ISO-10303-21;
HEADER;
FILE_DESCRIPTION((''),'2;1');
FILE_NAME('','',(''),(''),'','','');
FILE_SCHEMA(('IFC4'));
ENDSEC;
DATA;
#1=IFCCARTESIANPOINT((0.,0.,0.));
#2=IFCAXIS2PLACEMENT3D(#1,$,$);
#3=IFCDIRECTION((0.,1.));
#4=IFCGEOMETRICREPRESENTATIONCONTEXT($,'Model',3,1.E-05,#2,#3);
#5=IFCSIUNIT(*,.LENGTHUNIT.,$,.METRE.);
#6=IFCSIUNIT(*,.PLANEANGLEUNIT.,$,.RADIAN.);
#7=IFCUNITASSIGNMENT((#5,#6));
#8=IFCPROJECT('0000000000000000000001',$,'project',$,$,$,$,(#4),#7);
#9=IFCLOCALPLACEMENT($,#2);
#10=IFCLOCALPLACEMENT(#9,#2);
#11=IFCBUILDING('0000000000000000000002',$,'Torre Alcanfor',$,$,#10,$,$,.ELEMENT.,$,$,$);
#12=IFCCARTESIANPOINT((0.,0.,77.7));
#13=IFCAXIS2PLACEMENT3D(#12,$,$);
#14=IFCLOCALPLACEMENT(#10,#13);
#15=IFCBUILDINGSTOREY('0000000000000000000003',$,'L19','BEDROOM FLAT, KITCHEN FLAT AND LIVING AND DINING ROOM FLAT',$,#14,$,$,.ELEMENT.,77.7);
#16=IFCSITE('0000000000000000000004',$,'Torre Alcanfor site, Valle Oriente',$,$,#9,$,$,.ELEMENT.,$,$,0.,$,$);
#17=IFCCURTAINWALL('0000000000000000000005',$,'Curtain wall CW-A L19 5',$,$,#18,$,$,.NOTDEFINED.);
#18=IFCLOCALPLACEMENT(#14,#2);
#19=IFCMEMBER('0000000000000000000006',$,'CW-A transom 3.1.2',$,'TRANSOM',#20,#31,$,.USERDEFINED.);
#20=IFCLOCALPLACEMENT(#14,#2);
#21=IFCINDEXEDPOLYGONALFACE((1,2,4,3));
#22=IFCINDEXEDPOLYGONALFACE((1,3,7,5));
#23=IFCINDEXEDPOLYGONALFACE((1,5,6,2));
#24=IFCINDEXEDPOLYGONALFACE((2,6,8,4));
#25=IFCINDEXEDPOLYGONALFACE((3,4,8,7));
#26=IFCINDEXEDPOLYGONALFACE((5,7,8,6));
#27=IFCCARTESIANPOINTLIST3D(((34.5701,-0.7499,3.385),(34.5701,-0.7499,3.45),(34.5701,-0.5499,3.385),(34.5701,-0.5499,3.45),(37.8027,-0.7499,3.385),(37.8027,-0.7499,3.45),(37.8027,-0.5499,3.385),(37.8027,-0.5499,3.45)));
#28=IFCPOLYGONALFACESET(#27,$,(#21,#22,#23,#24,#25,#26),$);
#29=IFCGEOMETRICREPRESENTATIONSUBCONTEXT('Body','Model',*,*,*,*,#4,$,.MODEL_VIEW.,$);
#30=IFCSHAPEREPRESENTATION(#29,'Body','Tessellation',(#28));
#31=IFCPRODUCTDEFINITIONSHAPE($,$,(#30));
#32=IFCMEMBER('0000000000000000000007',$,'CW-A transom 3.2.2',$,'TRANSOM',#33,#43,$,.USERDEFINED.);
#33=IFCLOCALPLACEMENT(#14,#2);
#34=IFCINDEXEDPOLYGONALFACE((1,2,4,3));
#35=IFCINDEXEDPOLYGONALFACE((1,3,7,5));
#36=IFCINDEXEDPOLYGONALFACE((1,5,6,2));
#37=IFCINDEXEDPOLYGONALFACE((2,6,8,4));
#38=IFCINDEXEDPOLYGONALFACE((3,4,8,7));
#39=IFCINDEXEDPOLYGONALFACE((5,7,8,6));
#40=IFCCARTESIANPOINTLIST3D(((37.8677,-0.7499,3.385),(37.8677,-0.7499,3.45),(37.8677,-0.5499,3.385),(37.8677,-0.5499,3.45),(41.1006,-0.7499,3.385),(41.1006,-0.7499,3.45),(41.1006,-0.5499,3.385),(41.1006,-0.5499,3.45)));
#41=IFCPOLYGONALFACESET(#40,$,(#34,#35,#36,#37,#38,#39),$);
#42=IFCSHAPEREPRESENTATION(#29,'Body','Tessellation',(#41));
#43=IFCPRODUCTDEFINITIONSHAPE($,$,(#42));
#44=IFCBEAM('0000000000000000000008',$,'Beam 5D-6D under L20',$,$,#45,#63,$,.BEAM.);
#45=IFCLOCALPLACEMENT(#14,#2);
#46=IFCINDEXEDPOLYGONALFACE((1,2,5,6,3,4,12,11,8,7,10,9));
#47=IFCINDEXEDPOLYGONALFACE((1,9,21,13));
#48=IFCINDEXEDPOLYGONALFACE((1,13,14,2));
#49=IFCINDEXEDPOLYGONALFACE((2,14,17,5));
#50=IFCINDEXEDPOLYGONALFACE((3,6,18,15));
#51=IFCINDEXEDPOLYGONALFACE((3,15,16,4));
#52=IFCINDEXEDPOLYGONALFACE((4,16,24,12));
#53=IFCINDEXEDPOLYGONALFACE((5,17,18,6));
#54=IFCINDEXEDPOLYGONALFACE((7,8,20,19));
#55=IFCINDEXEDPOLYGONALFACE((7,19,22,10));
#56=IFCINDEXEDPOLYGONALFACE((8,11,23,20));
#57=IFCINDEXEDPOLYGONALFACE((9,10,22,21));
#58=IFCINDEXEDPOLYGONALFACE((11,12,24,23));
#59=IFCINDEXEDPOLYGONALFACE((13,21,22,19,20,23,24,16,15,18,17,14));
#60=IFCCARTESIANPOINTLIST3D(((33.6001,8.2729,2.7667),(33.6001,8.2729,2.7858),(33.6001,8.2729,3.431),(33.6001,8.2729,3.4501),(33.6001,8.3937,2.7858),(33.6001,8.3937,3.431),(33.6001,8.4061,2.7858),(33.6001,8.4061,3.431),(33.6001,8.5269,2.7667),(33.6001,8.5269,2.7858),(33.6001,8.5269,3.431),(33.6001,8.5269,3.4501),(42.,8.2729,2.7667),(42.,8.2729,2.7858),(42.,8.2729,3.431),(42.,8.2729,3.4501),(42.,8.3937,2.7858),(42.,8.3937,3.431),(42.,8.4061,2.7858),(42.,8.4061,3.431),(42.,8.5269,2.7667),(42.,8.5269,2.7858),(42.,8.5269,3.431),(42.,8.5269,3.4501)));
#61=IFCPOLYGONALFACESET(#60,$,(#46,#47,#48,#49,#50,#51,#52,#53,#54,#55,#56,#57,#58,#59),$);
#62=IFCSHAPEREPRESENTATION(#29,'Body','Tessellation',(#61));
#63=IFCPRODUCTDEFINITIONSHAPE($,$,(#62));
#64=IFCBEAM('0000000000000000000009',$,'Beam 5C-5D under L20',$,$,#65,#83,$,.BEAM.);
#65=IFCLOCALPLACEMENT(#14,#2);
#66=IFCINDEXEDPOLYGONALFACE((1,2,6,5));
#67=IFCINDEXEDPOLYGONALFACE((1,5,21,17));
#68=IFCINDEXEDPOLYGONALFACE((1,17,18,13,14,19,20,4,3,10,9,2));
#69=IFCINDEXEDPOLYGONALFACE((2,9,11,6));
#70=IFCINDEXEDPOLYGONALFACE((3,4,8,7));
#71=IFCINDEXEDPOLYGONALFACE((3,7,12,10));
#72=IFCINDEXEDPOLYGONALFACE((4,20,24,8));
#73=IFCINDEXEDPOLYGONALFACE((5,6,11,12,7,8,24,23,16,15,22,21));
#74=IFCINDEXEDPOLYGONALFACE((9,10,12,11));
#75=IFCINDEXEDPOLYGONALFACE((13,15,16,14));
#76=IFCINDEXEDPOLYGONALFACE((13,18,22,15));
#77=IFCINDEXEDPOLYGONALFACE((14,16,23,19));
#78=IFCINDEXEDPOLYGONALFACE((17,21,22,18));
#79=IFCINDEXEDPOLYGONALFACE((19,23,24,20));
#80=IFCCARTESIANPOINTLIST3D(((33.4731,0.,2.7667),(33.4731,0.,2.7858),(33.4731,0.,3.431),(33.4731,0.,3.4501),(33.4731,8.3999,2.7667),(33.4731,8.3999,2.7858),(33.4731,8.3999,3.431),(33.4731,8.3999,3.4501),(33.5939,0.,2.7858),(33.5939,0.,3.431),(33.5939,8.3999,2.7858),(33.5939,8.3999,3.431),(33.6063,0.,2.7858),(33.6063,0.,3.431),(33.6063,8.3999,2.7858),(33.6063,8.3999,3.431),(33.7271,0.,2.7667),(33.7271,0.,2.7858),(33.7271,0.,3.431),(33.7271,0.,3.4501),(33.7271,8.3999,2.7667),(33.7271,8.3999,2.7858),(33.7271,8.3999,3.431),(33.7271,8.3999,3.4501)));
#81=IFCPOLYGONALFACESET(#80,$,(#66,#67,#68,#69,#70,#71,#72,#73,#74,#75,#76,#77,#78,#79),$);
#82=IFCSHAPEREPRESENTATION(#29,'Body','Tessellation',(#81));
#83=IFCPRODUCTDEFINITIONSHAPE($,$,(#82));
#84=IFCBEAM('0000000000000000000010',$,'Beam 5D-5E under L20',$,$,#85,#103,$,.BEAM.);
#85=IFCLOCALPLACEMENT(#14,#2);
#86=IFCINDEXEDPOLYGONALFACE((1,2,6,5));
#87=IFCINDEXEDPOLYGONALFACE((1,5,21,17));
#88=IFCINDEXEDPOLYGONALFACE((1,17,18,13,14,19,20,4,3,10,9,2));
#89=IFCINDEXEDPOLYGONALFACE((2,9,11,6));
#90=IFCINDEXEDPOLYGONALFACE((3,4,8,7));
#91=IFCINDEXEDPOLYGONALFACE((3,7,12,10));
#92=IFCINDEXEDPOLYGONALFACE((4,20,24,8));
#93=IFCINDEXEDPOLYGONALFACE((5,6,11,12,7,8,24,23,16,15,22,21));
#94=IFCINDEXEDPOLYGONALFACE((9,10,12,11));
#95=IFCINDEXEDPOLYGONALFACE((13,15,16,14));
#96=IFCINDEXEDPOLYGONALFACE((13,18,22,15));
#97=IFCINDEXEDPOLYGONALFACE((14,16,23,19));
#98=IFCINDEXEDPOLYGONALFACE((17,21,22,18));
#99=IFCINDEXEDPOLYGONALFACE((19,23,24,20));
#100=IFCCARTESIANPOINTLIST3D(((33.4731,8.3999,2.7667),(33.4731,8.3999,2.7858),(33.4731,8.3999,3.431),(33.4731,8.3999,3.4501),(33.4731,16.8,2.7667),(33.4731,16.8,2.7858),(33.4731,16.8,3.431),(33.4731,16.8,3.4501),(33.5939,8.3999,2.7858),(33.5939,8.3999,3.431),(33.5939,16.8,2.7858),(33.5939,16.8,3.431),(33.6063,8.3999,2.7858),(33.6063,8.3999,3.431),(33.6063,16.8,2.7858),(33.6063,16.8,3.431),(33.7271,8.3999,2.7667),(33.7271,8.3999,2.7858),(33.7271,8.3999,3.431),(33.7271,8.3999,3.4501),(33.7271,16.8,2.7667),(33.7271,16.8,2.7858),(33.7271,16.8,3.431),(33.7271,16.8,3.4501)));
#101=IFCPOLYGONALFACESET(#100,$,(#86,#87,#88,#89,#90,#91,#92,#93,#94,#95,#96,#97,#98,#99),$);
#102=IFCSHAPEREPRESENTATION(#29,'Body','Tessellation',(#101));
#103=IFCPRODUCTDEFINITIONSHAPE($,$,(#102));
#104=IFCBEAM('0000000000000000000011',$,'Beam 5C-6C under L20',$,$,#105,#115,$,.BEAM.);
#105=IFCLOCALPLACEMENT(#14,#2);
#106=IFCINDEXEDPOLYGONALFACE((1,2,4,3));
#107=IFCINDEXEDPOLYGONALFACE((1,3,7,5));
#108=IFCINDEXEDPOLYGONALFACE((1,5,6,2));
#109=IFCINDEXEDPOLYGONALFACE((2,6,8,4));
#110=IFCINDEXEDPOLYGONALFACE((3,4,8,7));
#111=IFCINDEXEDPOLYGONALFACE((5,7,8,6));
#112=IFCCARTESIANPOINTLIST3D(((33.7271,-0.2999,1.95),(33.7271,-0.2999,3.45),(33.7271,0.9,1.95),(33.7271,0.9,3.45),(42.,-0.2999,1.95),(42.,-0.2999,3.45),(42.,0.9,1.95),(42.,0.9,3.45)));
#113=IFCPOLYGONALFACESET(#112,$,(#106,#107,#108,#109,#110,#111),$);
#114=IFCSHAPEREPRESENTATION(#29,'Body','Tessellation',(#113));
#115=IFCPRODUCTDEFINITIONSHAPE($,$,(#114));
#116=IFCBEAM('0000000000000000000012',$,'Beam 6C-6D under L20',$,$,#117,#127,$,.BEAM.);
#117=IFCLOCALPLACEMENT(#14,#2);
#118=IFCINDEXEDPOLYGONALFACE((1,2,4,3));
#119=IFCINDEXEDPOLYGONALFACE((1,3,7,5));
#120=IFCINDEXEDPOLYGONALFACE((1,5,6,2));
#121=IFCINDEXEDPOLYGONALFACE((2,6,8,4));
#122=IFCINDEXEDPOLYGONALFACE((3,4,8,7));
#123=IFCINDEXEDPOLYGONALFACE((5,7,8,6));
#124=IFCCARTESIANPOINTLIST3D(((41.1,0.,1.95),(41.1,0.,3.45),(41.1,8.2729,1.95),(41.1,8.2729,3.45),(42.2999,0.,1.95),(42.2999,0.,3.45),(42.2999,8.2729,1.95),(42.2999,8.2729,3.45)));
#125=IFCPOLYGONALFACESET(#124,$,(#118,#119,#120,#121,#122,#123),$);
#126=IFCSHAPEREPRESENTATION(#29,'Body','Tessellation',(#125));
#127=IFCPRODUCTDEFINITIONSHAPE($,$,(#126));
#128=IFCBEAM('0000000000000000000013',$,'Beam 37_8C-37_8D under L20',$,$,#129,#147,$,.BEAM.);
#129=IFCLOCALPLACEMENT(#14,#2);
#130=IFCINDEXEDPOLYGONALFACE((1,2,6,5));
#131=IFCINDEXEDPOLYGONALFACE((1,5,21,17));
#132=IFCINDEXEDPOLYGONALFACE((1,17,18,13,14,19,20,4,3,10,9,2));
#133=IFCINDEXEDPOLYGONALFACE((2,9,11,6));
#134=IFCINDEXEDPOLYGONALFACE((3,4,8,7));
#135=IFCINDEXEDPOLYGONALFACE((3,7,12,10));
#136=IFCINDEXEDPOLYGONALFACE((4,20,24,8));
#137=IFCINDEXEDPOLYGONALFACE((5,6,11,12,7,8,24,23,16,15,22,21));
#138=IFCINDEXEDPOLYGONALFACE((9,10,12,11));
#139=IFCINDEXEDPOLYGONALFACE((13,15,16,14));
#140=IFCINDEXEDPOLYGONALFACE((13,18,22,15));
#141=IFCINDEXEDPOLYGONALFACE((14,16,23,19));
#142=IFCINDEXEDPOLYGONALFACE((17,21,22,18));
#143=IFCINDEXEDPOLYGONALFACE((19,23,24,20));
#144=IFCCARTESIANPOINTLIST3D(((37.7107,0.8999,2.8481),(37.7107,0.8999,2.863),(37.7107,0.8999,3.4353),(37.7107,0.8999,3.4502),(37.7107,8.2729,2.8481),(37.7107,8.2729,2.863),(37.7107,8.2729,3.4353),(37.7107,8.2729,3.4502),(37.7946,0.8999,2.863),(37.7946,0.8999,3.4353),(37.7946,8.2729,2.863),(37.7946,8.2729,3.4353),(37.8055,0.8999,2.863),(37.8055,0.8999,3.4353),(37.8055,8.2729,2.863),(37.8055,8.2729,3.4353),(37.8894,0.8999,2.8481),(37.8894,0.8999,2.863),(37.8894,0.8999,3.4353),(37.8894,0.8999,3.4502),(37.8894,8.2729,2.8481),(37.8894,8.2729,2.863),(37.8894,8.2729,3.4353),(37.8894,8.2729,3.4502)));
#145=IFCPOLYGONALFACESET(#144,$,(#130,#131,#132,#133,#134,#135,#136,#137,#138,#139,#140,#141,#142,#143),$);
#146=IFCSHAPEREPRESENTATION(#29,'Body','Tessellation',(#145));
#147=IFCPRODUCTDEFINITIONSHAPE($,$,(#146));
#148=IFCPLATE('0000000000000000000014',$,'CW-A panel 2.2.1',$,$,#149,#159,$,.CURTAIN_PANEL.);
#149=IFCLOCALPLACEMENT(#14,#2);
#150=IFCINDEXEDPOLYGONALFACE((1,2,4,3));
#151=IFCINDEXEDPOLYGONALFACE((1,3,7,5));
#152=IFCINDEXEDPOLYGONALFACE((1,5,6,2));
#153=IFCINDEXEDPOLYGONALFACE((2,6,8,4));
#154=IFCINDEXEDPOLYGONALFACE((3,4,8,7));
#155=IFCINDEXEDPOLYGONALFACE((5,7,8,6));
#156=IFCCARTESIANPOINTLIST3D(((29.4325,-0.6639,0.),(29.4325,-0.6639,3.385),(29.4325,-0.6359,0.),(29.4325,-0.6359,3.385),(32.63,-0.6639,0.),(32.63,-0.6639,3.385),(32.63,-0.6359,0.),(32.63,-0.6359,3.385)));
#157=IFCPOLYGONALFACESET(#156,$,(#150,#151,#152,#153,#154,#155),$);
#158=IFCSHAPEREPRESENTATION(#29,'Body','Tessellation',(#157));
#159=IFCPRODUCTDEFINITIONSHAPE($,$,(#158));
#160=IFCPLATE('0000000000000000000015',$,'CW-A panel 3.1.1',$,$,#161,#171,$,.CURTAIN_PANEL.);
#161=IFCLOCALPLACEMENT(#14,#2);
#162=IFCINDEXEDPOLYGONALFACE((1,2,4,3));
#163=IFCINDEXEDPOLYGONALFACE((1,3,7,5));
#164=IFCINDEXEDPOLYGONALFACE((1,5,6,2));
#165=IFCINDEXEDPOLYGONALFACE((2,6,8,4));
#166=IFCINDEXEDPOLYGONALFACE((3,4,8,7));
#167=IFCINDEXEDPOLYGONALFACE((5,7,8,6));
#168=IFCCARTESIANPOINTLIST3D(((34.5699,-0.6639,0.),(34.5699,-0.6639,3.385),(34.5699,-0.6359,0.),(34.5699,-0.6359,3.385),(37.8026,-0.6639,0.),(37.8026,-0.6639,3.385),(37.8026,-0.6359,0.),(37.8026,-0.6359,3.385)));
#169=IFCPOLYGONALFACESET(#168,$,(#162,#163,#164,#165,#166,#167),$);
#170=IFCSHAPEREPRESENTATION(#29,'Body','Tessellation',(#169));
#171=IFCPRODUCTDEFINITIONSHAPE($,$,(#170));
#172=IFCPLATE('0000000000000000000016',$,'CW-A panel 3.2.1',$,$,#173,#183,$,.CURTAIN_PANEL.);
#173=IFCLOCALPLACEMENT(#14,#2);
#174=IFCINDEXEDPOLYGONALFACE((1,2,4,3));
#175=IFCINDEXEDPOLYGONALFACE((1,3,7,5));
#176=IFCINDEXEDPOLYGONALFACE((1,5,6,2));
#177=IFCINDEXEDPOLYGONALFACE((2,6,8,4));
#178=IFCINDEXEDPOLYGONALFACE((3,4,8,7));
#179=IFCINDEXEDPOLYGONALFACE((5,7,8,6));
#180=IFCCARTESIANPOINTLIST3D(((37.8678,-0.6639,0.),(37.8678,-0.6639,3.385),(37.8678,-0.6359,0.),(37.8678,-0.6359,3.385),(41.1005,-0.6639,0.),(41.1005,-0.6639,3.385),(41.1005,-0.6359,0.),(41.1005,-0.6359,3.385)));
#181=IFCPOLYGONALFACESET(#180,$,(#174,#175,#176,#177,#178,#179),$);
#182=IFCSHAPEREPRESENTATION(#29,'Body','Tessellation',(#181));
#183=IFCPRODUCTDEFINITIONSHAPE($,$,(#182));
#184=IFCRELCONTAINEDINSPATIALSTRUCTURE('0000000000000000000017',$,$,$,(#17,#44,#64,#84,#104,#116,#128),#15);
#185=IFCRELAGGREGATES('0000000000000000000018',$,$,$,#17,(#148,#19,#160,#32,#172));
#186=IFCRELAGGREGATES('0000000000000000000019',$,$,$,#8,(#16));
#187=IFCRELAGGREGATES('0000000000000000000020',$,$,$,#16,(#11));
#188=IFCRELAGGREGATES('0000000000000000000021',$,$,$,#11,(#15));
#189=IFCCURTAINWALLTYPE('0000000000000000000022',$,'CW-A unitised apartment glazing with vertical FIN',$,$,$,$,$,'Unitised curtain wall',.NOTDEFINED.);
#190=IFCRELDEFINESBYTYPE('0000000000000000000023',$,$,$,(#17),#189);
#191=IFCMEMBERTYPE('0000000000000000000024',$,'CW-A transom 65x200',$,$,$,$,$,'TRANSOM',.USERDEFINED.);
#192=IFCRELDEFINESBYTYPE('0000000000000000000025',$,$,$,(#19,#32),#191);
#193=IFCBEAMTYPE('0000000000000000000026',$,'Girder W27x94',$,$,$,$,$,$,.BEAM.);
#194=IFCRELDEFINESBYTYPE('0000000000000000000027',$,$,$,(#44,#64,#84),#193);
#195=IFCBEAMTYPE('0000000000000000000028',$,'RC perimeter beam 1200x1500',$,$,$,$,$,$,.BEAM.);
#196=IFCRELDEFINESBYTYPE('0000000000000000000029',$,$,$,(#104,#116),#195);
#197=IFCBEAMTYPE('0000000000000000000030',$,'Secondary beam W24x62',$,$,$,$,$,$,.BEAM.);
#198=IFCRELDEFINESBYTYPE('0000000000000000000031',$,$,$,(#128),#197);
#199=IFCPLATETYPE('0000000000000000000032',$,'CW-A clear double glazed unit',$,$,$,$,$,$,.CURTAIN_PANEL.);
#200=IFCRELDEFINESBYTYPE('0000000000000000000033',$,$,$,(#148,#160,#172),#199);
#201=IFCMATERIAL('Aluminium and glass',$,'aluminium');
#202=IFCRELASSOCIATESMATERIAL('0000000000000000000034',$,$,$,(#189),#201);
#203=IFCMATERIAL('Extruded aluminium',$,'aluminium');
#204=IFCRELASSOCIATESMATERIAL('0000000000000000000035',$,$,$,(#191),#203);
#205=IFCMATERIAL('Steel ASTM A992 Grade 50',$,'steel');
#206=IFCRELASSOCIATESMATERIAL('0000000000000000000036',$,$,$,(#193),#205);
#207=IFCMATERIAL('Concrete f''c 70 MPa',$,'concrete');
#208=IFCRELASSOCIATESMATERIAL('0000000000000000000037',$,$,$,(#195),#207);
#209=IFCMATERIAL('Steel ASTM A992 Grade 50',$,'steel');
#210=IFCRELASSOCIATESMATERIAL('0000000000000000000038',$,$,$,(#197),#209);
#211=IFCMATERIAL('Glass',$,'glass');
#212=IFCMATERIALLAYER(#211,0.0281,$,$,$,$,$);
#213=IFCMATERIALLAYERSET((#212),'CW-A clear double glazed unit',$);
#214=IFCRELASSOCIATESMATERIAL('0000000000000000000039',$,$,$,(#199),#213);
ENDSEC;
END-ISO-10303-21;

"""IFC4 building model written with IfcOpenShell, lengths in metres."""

from ifc_helpers import new_model, si_unit, direction, frame, origin, origin_2d, place, context, subcontext, project, spatial, rectangle, i_section, extrude, material, layer, layer_set, material_profile, profile_set, type_object, element, aggregate, save


model = new_model("IFC4")

# Units and contexts
model_context = context("Model", 3, precision=1e-05, world=origin(), true_north=direction((0.0, 1.0)))
body_context = subcontext(model_context, "Body", "Model", "MODEL_VIEW")
ifc_project = project(units=[si_unit("LENGTHUNIT", "METRE"), si_unit("PLANEANGLEUNIT", "RADIAN")], contexts=[model_context])

# Site, building, storey
site_placement = place(None, origin())
site = spatial("IfcSite", under=ifc_project, at=site_placement, Name="Torre Alcanfor site, Valle Oriente", CompositionType="ELEMENT", RefElevation=0.0)
building_placement = place(site_placement, origin())
building = spatial("IfcBuilding", under=site, at=building_placement, Name="Torre Alcanfor", CompositionType="ELEMENT")
storey_placement = place(building_placement, frame((0.0, 0.0, 77.7)))
storey = spatial("IfcBuildingStorey", under=building, at=storey_placement, Name="L19", Description="BEDROOM FLAT, KITCHEN FLAT AND LIVING AND DINING ROOM FLAT", CompositionType="ELEMENT", Elevation=77.7)

# Curtain wall, members
ifc_material_1 = material(Name="Aluminium and glass", Category="aluminium")
curtain_wall_type = type_object("IfcCurtainWallType", Name="CW-A unitised apartment glazing with vertical FIN", ElementType="Unitised curtain wall", PredefinedType="NOTDEFINED", material=ifc_material_1)
curtain_wall_placement = place(storey_placement, origin())
curtain_wall = element("IfcCurtainWall", 1, at=curtain_wall_placement, inside=storey, type_object=curtain_wall_type, Name="Curtain wall CW-A L19 5", PredefinedType="NOTDEFINED")
ifc_material_2 = material(Name="Extruded aluminium", Category="aluminium")
ifc_material_profile_1 = material_profile(ifc_material_2, rectangle(XDim=0.2, YDim=0.0649, at=origin_2d()), Name="CW-A transom 200x65")
ifc_profile_set_1 = profile_set([ifc_material_profile_1], Name="Extruded aluminium")
member_type_1 = type_object("IfcMemberType", Name="CW-A transom 65x200", ElementType="TRANSOM", PredefinedType="USERDEFINED", material=ifc_profile_set_1)
member_1_placement = place(storey_placement, frame((34.5701, -0.6499, 3.4175), z_axis=(1.0, 0.0, 0.0), x_axis=(0.0, 1.0, 0.0)))
member_1 = element("IfcMember", 2, at=member_1_placement, type_object=member_type_1, Name="CW-A transom 3.1.2", ObjectType="TRANSOM", PredefinedType="USERDEFINED", context=body_context, shape_type="SweptSolid", body=[
    extrude(rectangle(XDim=0.2, YDim=0.0649, at=origin_2d()), origin(), (0.0, 0.0, 1.0), 3.2327),
])
member_2_placement = place(storey_placement, frame((37.8677, -0.6499, 3.4175), z_axis=(1.0, 0.0, 0.0), x_axis=(0.0, 1.0, 0.0)))
member_2 = element("IfcMember", 3, at=member_2_placement, type_object=member_type_1, Name="CW-A transom 3.2.2", ObjectType="TRANSOM", PredefinedType="USERDEFINED", context=body_context, shape_type="SweptSolid", body=[
    extrude(rectangle(XDim=0.2, YDim=0.0649, at=origin_2d()), origin(), (0.0, 0.0, 1.0), 3.2329),
])

# Beams
ifc_material_3 = material(Name="Steel ASTM A992 Grade 50", Category="steel")
ifc_material_profile_2 = material_profile(ifc_material_3, i_section(OverallWidth=0.2539, OverallDepth=0.6833, WebThickness=0.0125, FlangeThickness=0.019, at=origin_2d()), Name="W27x94")
ifc_profile_set_2 = profile_set([ifc_material_profile_2], Name="Steel ASTM A992 Grade 50")
beam_type_1 = type_object("IfcBeamType", Name="Girder W27x94", PredefinedType="BEAM", material=ifc_profile_set_2)
for number, where, z_axis, x_axis, name in (
    (4, (33.6001, 8.3999, 3.1084), (1.0, 0.0, 0.0), (0.0, 1.0, 0.0), "Beam 5D-6D under L20"),
    (5, (33.6001, 0.0, 3.1084), (0.0, 1.0, 0.0), (-1.0, 0.0, 0.0), "Beam 5C-5D under L20"),
):
    element("IfcBeam", number, at=place(storey_placement, frame(where, z_axis=z_axis, x_axis=x_axis)), inside=storey, type_object=beam_type_1, Name=name, PredefinedType="BEAM", context=body_context, shape_type="SweptSolid", body=[
        extrude(i_section(OverallWidth=0.2539, OverallDepth=0.6833, WebThickness=0.0125, FlangeThickness=0.019, at=origin_2d()), origin(), (0.0, 0.0, 1.0), 8.3999),
    ])
beam_1_placement = place(storey_placement, frame((33.6001, 8.3999, 3.1084), z_axis=(0.0, 1.0, 0.0), x_axis=(-1.0, 0.0, 0.0)))
element("IfcBeam", 6, at=beam_1_placement, inside=storey, type_object=beam_type_1, Name="Beam 5D-5E under L20", PredefinedType="BEAM", context=body_context, shape_type="SweptSolid", body=[
    extrude(i_section(OverallWidth=0.2539, OverallDepth=0.6833, WebThickness=0.0125, FlangeThickness=0.019, at=origin_2d()), origin(), (0.0, 0.0, 1.0), 8.4001),
])
ifc_material_4 = material(Name="Concrete f'c 70 MPa", Category="concrete")
ifc_material_profile_3 = material_profile(ifc_material_4, rectangle(XDim=1.2, YDim=1.5, at=origin_2d()), Name="1200x1500")
ifc_profile_set_3 = profile_set([ifc_material_profile_3], Name="Concrete f'c 70 MPa")
beam_type_2 = type_object("IfcBeamType", Name="RC perimeter beam 1200x1500", PredefinedType="BEAM", material=ifc_profile_set_3)
for number, where, z_axis, x_axis, name in (
    (7, (33.7271, 0.3, 2.7), (1.0, 0.0, 0.0), (0.0, 1.0, 0.0), "Beam 5C-6C under L20"),
    (8, (41.7, 0.0, 2.7), (0.0, 1.0, 0.0), (-1.0, 0.0, 0.0), "Beam 6C-6D under L20"),
):
    element("IfcBeam", number, at=place(storey_placement, frame(where, z_axis=z_axis, x_axis=x_axis)), inside=storey, type_object=beam_type_2, Name=name, PredefinedType="BEAM", context=body_context, shape_type="SweptSolid", body=[
        extrude(rectangle(XDim=1.2, YDim=1.5, at=origin_2d()), origin(), (0.0, 0.0, 1.0), 8.2729),
    ])
ifc_material_5 = material(Name="Steel ASTM A992 Grade 50", Category="steel")
ifc_material_profile_4 = material_profile(ifc_material_5, i_section(OverallWidth=0.1787, OverallDepth=0.6021, WebThickness=0.011, FlangeThickness=0.0149, at=origin_2d()), Name="W24x62")
ifc_profile_set_4 = profile_set([ifc_material_profile_4], Name="Steel ASTM A992 Grade 50")
beam_type_3 = type_object("IfcBeamType", Name="Secondary beam W24x62", PredefinedType="BEAM", material=ifc_profile_set_4)
beam_2_placement = place(storey_placement, frame((37.8, 0.8999, 3.1492), z_axis=(0.0, 1.0, 0.0), x_axis=(-1.0, 0.0, 0.0)))
element("IfcBeam", 9, at=beam_2_placement, inside=storey, type_object=beam_type_3, Name="Beam 37_8C-37_8D under L20", PredefinedType="BEAM", context=body_context, shape_type="SweptSolid", body=[
    extrude(i_section(OverallWidth=0.1787, OverallDepth=0.6021, WebThickness=0.011, FlangeThickness=0.0149, at=origin_2d()), origin(), (0.0, 0.0, 1.0), 7.373),
])

# Plates
ifc_material_6 = material(Name="Glass", Category="glass")
ifc_layer_1 = layer(ifc_material_6, 0.0281)
ifc_layer_set_1 = layer_set([ifc_layer_1], Name="CW-A clear double glazed unit")
plate_type = type_object("IfcPlateType", Name="CW-A clear double glazed unit", PredefinedType="CURTAIN_PANEL", material=ifc_layer_set_1)
plate_1_placement = place(storey_placement, frame((31.0312, -0.6499, 0.0), z_axis=(0.0, 0.0, 1.0), x_axis=(1.0, 0.0, 0.0)))
plate_1 = element("IfcPlate", 10, at=plate_1_placement, type_object=plate_type, Name="CW-A panel 2.2.1", PredefinedType="CURTAIN_PANEL", context=body_context, shape_type="SweptSolid", body=[
    extrude(rectangle(XDim=3.1975, YDim=0.0281, at=origin_2d()), origin(), (0.0, 0.0, 1.0), 3.385),
])
plate_2_placement = place(storey_placement, frame((36.1863, -0.6499, 0.0), z_axis=(0.0, 0.0, 1.0), x_axis=(1.0, 0.0, 0.0)))
plate_2 = element("IfcPlate", 11, at=plate_2_placement, type_object=plate_type, Name="CW-A panel 3.1.1", PredefinedType="CURTAIN_PANEL", context=body_context, shape_type="SweptSolid", body=[
    extrude(rectangle(XDim=3.2327, YDim=0.0281, at=origin_2d()), origin(), (0.0, 0.0, 1.0), 3.385),
])
plate_3_placement = place(storey_placement, frame((39.4841, -0.6499, 0.0), z_axis=(0.0, 0.0, 1.0), x_axis=(1.0, 0.0, 0.0)))
plate_3 = element("IfcPlate", 12, at=plate_3_placement, type_object=plate_type, Name="CW-A panel 3.2.1", PredefinedType="CURTAIN_PANEL", context=body_context, shape_type="SweptSolid", body=[
    extrude(rectangle(XDim=3.2327, YDim=0.0281, at=origin_2d()), origin(), (0.0, 0.0, 1.0), 3.385),
])
aggregate(curtain_wall, [plate_1, member_1, plate_2, member_2, plate_3])

save(model, "model.ifc")
